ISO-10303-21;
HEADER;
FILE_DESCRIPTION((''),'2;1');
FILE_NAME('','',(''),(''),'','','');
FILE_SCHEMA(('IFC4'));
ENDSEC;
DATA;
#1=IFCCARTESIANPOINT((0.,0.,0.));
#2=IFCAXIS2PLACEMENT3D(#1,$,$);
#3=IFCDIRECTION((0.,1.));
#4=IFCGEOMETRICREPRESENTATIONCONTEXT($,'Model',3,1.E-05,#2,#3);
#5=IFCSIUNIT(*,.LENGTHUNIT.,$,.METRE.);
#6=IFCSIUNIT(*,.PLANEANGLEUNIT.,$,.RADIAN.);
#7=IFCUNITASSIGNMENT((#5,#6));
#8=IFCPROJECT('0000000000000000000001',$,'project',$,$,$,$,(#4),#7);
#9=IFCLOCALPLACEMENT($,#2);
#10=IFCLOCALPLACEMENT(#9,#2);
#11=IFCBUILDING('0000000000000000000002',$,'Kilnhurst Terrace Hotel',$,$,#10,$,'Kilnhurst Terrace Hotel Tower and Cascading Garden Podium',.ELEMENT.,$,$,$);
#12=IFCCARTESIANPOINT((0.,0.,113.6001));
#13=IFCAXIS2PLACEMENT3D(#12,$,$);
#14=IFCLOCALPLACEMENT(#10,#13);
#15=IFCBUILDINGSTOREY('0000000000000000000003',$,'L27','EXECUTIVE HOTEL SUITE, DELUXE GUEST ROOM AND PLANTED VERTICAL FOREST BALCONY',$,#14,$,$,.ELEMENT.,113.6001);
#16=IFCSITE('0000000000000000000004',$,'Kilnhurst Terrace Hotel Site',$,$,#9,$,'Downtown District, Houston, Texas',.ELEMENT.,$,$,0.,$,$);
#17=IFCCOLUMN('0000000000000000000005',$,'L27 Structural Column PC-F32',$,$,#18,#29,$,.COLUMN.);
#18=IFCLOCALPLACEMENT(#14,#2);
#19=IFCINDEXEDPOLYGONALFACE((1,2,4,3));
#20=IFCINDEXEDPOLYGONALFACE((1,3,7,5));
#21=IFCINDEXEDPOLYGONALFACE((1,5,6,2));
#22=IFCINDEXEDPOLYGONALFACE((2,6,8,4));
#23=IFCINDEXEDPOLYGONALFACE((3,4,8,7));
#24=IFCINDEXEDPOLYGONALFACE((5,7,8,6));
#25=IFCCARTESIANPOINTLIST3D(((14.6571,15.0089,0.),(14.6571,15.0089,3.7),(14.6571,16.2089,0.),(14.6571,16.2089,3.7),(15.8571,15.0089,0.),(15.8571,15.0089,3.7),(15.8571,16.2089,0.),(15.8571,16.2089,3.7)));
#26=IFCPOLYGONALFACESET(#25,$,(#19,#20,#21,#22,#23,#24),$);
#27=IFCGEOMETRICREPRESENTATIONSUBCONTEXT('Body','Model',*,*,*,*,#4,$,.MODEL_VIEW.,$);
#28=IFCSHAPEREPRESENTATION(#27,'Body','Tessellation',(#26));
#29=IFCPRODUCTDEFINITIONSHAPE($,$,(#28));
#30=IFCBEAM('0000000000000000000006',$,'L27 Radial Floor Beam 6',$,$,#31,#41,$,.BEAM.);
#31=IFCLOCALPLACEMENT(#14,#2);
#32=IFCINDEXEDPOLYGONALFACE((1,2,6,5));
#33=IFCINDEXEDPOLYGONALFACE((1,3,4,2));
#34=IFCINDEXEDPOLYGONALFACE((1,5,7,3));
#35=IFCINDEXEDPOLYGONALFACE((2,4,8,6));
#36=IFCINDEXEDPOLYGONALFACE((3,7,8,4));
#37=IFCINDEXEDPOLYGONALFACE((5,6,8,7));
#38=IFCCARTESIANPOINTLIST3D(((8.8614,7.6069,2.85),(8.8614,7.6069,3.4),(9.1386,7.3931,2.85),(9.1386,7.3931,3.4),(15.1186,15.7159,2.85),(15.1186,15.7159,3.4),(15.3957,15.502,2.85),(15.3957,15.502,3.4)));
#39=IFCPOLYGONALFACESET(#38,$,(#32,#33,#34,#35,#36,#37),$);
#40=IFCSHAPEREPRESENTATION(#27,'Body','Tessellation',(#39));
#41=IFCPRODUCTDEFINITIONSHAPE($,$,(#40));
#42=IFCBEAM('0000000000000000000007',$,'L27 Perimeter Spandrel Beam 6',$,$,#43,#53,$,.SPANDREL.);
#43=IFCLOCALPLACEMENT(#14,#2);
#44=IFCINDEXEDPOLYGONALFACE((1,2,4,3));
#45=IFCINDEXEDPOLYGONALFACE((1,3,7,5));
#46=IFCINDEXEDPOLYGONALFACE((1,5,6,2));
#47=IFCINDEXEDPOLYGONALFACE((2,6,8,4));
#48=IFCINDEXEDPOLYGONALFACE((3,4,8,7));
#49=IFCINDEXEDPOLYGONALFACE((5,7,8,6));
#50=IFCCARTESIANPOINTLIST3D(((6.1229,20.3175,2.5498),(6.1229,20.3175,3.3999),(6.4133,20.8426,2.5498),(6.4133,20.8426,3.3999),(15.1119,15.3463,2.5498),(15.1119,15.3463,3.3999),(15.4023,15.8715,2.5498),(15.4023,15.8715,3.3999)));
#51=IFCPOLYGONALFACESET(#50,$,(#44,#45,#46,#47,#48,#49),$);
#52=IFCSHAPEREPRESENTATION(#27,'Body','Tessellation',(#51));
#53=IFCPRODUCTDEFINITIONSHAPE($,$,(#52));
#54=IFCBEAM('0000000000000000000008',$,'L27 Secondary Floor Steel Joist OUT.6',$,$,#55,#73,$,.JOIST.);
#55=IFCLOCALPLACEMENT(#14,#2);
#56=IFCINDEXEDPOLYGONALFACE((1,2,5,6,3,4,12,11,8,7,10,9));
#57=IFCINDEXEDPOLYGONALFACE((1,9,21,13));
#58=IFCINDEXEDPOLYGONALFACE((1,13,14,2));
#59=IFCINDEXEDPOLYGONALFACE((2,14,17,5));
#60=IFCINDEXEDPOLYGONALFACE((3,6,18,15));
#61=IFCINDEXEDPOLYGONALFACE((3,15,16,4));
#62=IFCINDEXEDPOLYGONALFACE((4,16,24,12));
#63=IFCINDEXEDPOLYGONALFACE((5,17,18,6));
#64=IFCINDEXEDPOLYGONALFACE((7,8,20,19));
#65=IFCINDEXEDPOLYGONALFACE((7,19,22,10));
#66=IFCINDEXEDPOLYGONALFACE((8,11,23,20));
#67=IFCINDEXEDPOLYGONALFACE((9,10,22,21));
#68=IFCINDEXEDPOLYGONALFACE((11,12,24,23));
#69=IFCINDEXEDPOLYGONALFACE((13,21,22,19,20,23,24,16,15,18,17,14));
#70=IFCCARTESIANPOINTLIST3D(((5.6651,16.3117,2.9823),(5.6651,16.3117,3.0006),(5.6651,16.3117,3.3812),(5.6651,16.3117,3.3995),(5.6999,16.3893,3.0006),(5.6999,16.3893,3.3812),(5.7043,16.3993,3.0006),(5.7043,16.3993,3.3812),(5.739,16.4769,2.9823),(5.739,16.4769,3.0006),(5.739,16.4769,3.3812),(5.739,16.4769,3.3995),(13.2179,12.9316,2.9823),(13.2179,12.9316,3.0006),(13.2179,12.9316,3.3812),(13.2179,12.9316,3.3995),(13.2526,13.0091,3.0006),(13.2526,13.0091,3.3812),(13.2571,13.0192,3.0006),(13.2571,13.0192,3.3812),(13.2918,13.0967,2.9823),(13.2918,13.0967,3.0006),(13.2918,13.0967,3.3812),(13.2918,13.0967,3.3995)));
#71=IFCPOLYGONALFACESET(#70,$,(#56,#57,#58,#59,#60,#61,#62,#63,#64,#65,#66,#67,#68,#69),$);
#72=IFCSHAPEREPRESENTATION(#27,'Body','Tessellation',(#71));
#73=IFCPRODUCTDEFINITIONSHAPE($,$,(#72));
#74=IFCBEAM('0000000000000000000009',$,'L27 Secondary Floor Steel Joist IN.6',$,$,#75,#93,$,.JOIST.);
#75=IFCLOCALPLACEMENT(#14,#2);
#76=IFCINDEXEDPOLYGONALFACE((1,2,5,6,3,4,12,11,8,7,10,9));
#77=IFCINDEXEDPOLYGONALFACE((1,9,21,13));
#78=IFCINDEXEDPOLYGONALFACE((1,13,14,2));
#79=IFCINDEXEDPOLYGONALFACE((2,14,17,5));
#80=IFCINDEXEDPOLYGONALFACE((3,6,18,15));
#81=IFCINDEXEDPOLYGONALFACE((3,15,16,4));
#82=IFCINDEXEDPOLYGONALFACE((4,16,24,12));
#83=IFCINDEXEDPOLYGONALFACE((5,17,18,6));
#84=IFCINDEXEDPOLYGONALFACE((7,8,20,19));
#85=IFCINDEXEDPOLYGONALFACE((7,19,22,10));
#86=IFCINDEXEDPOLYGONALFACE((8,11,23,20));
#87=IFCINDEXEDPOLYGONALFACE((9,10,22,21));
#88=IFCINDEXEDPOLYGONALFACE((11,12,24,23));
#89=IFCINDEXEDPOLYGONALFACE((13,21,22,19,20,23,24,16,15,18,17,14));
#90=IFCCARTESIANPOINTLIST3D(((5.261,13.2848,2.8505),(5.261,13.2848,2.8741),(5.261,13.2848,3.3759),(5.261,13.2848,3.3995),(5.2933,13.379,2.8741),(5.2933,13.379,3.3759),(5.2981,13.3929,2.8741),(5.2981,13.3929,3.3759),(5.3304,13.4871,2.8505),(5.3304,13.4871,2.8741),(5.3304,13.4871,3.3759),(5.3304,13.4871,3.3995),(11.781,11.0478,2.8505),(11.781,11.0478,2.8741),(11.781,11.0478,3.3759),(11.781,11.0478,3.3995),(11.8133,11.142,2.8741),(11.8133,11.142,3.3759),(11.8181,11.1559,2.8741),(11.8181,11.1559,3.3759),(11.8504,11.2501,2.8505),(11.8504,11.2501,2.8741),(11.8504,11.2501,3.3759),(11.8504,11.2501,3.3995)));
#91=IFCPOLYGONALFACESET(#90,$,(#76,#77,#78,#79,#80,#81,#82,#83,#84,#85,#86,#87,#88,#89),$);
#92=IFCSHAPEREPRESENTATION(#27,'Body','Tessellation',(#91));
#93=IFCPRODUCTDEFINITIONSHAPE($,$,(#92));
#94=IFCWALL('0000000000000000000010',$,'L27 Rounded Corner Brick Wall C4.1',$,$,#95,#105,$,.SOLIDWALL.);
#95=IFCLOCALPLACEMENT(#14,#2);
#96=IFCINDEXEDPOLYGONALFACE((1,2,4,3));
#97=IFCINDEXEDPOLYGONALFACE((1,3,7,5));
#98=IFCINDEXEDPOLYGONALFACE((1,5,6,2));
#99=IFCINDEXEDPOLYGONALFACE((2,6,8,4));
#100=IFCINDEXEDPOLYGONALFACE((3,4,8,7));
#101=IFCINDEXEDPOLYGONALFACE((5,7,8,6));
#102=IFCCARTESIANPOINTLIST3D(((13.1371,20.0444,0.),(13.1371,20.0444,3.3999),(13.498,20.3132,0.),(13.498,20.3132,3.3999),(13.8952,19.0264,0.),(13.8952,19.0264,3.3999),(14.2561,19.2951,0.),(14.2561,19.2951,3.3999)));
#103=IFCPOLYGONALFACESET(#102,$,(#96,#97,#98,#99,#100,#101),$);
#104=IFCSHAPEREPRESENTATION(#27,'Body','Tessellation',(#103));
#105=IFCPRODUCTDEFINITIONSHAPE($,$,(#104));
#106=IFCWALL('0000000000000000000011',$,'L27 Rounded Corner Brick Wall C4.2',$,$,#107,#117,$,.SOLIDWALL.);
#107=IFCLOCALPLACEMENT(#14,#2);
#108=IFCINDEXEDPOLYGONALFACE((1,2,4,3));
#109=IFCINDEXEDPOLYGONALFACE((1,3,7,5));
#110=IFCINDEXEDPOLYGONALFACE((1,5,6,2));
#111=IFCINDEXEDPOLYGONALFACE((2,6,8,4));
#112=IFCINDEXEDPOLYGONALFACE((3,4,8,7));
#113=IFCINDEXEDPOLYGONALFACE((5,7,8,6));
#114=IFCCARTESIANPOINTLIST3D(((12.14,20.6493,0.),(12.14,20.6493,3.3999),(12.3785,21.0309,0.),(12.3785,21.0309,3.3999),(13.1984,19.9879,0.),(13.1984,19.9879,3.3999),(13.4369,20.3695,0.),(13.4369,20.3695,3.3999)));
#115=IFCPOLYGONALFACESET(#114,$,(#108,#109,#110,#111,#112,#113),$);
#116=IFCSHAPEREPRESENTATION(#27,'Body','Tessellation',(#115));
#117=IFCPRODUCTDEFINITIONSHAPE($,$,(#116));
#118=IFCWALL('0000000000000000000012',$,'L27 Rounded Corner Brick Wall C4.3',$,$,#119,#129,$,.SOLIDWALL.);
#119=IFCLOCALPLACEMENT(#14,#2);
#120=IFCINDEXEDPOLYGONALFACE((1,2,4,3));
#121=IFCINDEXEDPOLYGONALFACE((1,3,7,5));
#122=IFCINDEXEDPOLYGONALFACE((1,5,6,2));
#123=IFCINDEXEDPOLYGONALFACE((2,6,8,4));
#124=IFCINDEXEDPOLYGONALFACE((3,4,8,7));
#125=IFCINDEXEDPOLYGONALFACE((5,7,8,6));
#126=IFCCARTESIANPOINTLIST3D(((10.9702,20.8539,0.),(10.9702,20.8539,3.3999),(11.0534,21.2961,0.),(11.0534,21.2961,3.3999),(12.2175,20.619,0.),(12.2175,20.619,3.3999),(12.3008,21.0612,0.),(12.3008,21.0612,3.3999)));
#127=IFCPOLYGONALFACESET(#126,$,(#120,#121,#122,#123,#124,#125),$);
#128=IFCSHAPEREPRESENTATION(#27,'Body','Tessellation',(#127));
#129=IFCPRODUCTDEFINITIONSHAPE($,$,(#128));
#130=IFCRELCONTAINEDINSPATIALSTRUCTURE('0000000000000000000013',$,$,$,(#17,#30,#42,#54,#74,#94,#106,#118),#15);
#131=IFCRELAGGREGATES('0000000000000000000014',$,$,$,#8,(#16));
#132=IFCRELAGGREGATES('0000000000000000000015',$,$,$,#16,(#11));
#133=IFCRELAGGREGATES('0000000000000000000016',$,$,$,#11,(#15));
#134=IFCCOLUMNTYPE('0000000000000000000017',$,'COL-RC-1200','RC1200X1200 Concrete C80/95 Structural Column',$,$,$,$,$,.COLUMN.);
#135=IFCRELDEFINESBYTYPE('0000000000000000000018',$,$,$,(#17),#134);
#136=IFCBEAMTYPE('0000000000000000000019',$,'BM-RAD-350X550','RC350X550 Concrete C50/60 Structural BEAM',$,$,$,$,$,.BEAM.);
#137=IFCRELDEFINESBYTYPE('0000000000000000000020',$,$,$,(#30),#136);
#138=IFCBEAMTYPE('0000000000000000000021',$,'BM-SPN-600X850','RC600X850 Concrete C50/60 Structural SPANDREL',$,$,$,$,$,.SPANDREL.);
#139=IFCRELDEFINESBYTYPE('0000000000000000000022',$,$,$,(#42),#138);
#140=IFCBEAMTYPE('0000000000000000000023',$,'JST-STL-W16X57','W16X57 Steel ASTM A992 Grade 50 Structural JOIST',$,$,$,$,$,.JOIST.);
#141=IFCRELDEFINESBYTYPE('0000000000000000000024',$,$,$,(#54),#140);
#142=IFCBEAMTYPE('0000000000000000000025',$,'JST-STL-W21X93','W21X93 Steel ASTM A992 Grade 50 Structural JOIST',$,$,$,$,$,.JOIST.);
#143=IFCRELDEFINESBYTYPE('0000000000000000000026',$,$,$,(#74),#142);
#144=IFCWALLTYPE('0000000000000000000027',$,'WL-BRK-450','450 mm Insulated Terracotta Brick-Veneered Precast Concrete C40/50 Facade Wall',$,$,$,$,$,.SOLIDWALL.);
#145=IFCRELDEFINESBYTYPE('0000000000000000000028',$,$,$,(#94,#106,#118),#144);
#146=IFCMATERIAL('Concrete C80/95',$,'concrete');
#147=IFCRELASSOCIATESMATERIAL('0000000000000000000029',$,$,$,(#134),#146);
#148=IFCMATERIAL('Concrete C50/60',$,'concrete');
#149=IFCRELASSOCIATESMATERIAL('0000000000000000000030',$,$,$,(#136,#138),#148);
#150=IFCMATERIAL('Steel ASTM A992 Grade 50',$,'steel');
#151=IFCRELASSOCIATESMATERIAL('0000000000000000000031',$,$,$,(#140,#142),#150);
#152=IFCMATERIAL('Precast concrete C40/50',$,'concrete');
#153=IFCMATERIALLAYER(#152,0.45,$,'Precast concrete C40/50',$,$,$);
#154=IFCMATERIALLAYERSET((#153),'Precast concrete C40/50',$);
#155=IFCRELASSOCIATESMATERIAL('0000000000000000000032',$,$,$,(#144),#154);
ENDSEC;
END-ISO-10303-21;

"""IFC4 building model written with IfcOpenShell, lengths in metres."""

from ifc_helpers import new_model, si_unit, direction, frame, frame_2d, origin, origin_2d, place, context, subcontext, project, spatial, rectangle, i_section, extrude, material, layer, layer_set, material_profile, profile_set, type_object, element, save


model = new_model("IFC4")

# Units and contexts
model_context = context("Model", 3, precision=1e-05, world=origin(), true_north=direction((0.0, 1.0)))
body_context = subcontext(model_context, "Body", "Model", "MODEL_VIEW")
ifc_project = project(units=[si_unit("LENGTHUNIT", "METRE"), si_unit("PLANEANGLEUNIT", "RADIAN")], contexts=[model_context])

# Site, building, storey
site_placement = place(None, origin())
site = spatial("IfcSite", under=ifc_project, at=site_placement, Name="Kilnhurst Terrace Hotel Site", LongName="Downtown District, Houston, Texas", CompositionType="ELEMENT", RefElevation=0.0)
building_placement = place(site_placement, origin())
building = spatial("IfcBuilding", under=site, at=building_placement, Name="Kilnhurst Terrace Hotel", LongName="Kilnhurst Terrace Hotel Tower and Cascading Garden Podium", CompositionType="ELEMENT")
storey_placement = place(building_placement, frame((0.0, 0.0, 113.6001)))
storey = spatial("IfcBuildingStorey", under=building, at=storey_placement, Name="L27", Description="EXECUTIVE HOTEL SUITE, DELUXE GUEST ROOM AND PLANTED VERTICAL FOREST BALCONY", CompositionType="ELEMENT", Elevation=113.6001)

# Column
ifc_material_1 = material(Name="Concrete C80/95", Category="concrete")
ifc_material_profile_1 = material_profile(ifc_material_1, rectangle(XDim=1.2, YDim=1.2, at=origin_2d()), Name="RC1200X1200")
ifc_profile_set_1 = profile_set([ifc_material_profile_1], Name="Concrete C80/95")
column_type = type_object("IfcColumnType", Name="COL-RC-1200", Description="RC1200X1200 Concrete C80/95 Structural Column", PredefinedType="COLUMN", material=ifc_profile_set_1)
column_placement = place(storey_placement, frame((15.2571, 15.6089, 0.0), z_axis=(0.0, 0.0, 1.0), x_axis=(1.0, 0.0, 0.0)))
element("IfcColumn", 1, at=column_placement, inside=storey, type_object=column_type, Name="L27 Structural Column PC-F32", PredefinedType="COLUMN", context=body_context, shape_type="SweptSolid", body=[
    extrude(rectangle(XDim=1.2, YDim=1.2, at=origin_2d()), origin(), (0.0, 0.0, 1.0), 3.7),
])

# Beams
ifc_material_2 = material(Name="Concrete C50/60", Category="concrete")
ifc_material_profile_2 = material_profile(ifc_material_2, rectangle(XDim=0.3501, YDim=0.55, at=origin_2d()), Name="RC350X550")
ifc_profile_set_2 = profile_set([ifc_material_profile_2], Name="Concrete C50/60")
beam_type_1 = type_object("IfcBeamType", Name="BM-RAD-350X550", Description="RC350X550 Concrete C50/60 Structural BEAM", PredefinedType="BEAM", material=ifc_profile_set_2)
beam_1_placement = place(storey_placement, frame((9.0, 7.5, 3.125), z_axis=(0.610905, 0.791704, 0.0), x_axis=(-0.791704, 0.610905, 0.0)))
element("IfcBeam", 2, at=beam_1_placement, inside=storey, type_object=beam_type_1, Name="L27 Radial Floor Beam 6", PredefinedType="BEAM", context=body_context, shape_type="SweptSolid", body=[
    extrude(rectangle(XDim=0.3501, YDim=0.55, at=origin_2d()), origin(), (0.0, 0.0, 1.0), 10.2424),
])
ifc_material_profile_3 = material_profile(ifc_material_2, rectangle(XDim=0.6001, YDim=0.8501, at=origin_2d()), Name="RC600X850")
ifc_profile_set_3 = profile_set([ifc_material_profile_3], Name="Concrete C50/60")
beam_type_2 = type_object("IfcBeamType", Name="BM-SPN-600X850", Description="RC600X850 Concrete C50/60 Structural SPANDREL", PredefinedType="SPANDREL", material=ifc_profile_set_3)
beam_2_placement = place(storey_placement, frame((15.2571, 15.6089, 2.9749), z_axis=(-0.875094, 0.483953, 0.0), x_axis=(-0.483953, -0.875094, 0.0)))
element("IfcBeam", 3, at=beam_2_placement, inside=storey, type_object=beam_type_2, Name="L27 Perimeter Spandrel Beam 6", PredefinedType="SPANDREL", context=body_context, shape_type="SweptSolid", body=[
    extrude(rectangle(XDim=0.6001, YDim=0.8501, at=origin_2d()), origin(), (0.0, 0.0, 1.0), 10.272),
])
ifc_material_3 = material(Name="Steel ASTM A992 Grade 50", Category="steel")
ifc_material_profile_4 = material_profile(ifc_material_3, i_section(OverallWidth=0.1809, OverallDepth=0.4172, WebThickness=0.011, FlangeThickness=0.0183, at=origin_2d()), Name="W16X57")
ifc_profile_set_4 = profile_set([ifc_material_profile_4], Name="Steel ASTM A992 Grade 50")
beam_type_3 = type_object("IfcBeamType", Name="JST-STL-W16X57", Description="W16X57 Steel ASTM A992 Grade 50 Structural JOIST", PredefinedType="JOIST", material=ifc_profile_set_4)
beam_3_placement = place(storey_placement, frame((13.2549, 13.0142, 3.1909), z_axis=(-0.912761, 0.408494, 0.0), x_axis=(-0.408494, -0.912761, 0.0)))
element("IfcBeam", 4, at=beam_3_placement, inside=storey, type_object=beam_type_3, Name="L27 Secondary Floor Steel Joist OUT.6", PredefinedType="JOIST", context=body_context, shape_type="SweptSolid", body=[
    extrude(i_section(OverallWidth=0.1809, OverallDepth=0.4172, WebThickness=0.011, FlangeThickness=0.0183, at=origin_2d()), origin(), (0.0, 0.0, 1.0), 8.2747),
])
ifc_material_profile_5 = material_profile(ifc_material_3, i_section(OverallWidth=0.2139, OverallDepth=0.5491, WebThickness=0.0146, FlangeThickness=0.0237, at=origin_2d()), Name="W21X93")
ifc_profile_set_5 = profile_set([ifc_material_profile_5], Name="Steel ASTM A992 Grade 50")
beam_type_4 = type_object("IfcBeamType", Name="JST-STL-W21X93", Description="W21X93 Steel ASTM A992 Grade 50 Structural JOIST", PredefinedType="JOIST", material=ifc_profile_set_5)
beam_4_placement = place(storey_placement, frame((11.8157, 11.1489, 3.125), z_axis=(-0.945874, 0.324535, 0.0), x_axis=(-0.324535, -0.945874, 0.0)))
element("IfcBeam", 5, at=beam_4_placement, inside=storey, type_object=beam_type_4, Name="L27 Secondary Floor Steel Joist IN.6", PredefinedType="JOIST", context=body_context, shape_type="SweptSolid", body=[
    extrude(i_section(OverallWidth=0.2139, OverallDepth=0.5491, WebThickness=0.0146, FlangeThickness=0.0237, at=origin_2d()), origin(), (0.0, 0.0, 1.0), 6.8931),
])

# Walls
ifc_material_4 = material(Name="Precast concrete C40/50", Category="concrete")
ifc_layer_1 = layer(ifc_material_4, 0.45, Name="Precast concrete C40/50")
ifc_layer_set_1 = layer_set([ifc_layer_1], Name="Precast concrete C40/50")
wall_type_1 = type_object("IfcWallType", Name="WL-BRK-450", Description="450 mm Insulated Terracotta Brick-Veneered Precast Concrete C40/50 Facade Wall", PredefinedType="SOLIDWALL", material=ifc_layer_set_1)
wall_1_placement = place(storey_placement, frame((14.0757, 19.1606, 0.0), z_axis=(0.0, 0.0, 1.0), x_axis=(-0.597227, 0.802073, 0.0)))
element("IfcWall", 6, at=wall_1_placement, inside=storey, type_object=wall_type_1, Name="L27 Rounded Corner Brick Wall C4.1", PredefinedType="SOLIDWALL", context=body_context, shape_type="SweptSolid", body=[
    extrude(rectangle(XDim=1.2693, YDim=0.45, at=frame_2d((0.6348, 0.0))), origin(), (0.0, 0.0, 1.0), 3.3999),
])
wall_2_placement = place(storey_placement, frame((13.3176, 20.1787, 0.0), z_axis=(0.0, 0.0, 1.0), x_axis=(-0.848031, 0.529946, 0.0)))
element("IfcWall", 7, at=wall_2_placement, inside=storey, type_object=wall_type_1, Name="L27 Rounded Corner Brick Wall C4.2", PredefinedType="SOLIDWALL", context=body_context, shape_type="SweptSolid", body=[
    extrude(rectangle(XDim=1.248, YDim=0.45, at=frame_2d((0.624, 0.0))), origin(), (0.0, 0.0, 1.0), 3.3999),
])
wall_3_placement = place(storey_placement, frame((12.2593, 20.8401, 0.0), z_axis=(0.0, 0.0, 1.0), x_axis=(-0.98273, 0.185043, 0.0)))
element("IfcWall", 8, at=wall_3_placement, inside=storey, type_object=wall_type_1, Name="L27 Rounded Corner Brick Wall C4.3", PredefinedType="SOLIDWALL", context=body_context, shape_type="SweptSolid", body=[
    extrude(rectangle(XDim=1.2693, YDim=0.45, at=frame_2d((0.6348, 0.0))), origin(), (0.0, 0.0, 1.0), 3.3999),
])

save(model, "model.ifc")
